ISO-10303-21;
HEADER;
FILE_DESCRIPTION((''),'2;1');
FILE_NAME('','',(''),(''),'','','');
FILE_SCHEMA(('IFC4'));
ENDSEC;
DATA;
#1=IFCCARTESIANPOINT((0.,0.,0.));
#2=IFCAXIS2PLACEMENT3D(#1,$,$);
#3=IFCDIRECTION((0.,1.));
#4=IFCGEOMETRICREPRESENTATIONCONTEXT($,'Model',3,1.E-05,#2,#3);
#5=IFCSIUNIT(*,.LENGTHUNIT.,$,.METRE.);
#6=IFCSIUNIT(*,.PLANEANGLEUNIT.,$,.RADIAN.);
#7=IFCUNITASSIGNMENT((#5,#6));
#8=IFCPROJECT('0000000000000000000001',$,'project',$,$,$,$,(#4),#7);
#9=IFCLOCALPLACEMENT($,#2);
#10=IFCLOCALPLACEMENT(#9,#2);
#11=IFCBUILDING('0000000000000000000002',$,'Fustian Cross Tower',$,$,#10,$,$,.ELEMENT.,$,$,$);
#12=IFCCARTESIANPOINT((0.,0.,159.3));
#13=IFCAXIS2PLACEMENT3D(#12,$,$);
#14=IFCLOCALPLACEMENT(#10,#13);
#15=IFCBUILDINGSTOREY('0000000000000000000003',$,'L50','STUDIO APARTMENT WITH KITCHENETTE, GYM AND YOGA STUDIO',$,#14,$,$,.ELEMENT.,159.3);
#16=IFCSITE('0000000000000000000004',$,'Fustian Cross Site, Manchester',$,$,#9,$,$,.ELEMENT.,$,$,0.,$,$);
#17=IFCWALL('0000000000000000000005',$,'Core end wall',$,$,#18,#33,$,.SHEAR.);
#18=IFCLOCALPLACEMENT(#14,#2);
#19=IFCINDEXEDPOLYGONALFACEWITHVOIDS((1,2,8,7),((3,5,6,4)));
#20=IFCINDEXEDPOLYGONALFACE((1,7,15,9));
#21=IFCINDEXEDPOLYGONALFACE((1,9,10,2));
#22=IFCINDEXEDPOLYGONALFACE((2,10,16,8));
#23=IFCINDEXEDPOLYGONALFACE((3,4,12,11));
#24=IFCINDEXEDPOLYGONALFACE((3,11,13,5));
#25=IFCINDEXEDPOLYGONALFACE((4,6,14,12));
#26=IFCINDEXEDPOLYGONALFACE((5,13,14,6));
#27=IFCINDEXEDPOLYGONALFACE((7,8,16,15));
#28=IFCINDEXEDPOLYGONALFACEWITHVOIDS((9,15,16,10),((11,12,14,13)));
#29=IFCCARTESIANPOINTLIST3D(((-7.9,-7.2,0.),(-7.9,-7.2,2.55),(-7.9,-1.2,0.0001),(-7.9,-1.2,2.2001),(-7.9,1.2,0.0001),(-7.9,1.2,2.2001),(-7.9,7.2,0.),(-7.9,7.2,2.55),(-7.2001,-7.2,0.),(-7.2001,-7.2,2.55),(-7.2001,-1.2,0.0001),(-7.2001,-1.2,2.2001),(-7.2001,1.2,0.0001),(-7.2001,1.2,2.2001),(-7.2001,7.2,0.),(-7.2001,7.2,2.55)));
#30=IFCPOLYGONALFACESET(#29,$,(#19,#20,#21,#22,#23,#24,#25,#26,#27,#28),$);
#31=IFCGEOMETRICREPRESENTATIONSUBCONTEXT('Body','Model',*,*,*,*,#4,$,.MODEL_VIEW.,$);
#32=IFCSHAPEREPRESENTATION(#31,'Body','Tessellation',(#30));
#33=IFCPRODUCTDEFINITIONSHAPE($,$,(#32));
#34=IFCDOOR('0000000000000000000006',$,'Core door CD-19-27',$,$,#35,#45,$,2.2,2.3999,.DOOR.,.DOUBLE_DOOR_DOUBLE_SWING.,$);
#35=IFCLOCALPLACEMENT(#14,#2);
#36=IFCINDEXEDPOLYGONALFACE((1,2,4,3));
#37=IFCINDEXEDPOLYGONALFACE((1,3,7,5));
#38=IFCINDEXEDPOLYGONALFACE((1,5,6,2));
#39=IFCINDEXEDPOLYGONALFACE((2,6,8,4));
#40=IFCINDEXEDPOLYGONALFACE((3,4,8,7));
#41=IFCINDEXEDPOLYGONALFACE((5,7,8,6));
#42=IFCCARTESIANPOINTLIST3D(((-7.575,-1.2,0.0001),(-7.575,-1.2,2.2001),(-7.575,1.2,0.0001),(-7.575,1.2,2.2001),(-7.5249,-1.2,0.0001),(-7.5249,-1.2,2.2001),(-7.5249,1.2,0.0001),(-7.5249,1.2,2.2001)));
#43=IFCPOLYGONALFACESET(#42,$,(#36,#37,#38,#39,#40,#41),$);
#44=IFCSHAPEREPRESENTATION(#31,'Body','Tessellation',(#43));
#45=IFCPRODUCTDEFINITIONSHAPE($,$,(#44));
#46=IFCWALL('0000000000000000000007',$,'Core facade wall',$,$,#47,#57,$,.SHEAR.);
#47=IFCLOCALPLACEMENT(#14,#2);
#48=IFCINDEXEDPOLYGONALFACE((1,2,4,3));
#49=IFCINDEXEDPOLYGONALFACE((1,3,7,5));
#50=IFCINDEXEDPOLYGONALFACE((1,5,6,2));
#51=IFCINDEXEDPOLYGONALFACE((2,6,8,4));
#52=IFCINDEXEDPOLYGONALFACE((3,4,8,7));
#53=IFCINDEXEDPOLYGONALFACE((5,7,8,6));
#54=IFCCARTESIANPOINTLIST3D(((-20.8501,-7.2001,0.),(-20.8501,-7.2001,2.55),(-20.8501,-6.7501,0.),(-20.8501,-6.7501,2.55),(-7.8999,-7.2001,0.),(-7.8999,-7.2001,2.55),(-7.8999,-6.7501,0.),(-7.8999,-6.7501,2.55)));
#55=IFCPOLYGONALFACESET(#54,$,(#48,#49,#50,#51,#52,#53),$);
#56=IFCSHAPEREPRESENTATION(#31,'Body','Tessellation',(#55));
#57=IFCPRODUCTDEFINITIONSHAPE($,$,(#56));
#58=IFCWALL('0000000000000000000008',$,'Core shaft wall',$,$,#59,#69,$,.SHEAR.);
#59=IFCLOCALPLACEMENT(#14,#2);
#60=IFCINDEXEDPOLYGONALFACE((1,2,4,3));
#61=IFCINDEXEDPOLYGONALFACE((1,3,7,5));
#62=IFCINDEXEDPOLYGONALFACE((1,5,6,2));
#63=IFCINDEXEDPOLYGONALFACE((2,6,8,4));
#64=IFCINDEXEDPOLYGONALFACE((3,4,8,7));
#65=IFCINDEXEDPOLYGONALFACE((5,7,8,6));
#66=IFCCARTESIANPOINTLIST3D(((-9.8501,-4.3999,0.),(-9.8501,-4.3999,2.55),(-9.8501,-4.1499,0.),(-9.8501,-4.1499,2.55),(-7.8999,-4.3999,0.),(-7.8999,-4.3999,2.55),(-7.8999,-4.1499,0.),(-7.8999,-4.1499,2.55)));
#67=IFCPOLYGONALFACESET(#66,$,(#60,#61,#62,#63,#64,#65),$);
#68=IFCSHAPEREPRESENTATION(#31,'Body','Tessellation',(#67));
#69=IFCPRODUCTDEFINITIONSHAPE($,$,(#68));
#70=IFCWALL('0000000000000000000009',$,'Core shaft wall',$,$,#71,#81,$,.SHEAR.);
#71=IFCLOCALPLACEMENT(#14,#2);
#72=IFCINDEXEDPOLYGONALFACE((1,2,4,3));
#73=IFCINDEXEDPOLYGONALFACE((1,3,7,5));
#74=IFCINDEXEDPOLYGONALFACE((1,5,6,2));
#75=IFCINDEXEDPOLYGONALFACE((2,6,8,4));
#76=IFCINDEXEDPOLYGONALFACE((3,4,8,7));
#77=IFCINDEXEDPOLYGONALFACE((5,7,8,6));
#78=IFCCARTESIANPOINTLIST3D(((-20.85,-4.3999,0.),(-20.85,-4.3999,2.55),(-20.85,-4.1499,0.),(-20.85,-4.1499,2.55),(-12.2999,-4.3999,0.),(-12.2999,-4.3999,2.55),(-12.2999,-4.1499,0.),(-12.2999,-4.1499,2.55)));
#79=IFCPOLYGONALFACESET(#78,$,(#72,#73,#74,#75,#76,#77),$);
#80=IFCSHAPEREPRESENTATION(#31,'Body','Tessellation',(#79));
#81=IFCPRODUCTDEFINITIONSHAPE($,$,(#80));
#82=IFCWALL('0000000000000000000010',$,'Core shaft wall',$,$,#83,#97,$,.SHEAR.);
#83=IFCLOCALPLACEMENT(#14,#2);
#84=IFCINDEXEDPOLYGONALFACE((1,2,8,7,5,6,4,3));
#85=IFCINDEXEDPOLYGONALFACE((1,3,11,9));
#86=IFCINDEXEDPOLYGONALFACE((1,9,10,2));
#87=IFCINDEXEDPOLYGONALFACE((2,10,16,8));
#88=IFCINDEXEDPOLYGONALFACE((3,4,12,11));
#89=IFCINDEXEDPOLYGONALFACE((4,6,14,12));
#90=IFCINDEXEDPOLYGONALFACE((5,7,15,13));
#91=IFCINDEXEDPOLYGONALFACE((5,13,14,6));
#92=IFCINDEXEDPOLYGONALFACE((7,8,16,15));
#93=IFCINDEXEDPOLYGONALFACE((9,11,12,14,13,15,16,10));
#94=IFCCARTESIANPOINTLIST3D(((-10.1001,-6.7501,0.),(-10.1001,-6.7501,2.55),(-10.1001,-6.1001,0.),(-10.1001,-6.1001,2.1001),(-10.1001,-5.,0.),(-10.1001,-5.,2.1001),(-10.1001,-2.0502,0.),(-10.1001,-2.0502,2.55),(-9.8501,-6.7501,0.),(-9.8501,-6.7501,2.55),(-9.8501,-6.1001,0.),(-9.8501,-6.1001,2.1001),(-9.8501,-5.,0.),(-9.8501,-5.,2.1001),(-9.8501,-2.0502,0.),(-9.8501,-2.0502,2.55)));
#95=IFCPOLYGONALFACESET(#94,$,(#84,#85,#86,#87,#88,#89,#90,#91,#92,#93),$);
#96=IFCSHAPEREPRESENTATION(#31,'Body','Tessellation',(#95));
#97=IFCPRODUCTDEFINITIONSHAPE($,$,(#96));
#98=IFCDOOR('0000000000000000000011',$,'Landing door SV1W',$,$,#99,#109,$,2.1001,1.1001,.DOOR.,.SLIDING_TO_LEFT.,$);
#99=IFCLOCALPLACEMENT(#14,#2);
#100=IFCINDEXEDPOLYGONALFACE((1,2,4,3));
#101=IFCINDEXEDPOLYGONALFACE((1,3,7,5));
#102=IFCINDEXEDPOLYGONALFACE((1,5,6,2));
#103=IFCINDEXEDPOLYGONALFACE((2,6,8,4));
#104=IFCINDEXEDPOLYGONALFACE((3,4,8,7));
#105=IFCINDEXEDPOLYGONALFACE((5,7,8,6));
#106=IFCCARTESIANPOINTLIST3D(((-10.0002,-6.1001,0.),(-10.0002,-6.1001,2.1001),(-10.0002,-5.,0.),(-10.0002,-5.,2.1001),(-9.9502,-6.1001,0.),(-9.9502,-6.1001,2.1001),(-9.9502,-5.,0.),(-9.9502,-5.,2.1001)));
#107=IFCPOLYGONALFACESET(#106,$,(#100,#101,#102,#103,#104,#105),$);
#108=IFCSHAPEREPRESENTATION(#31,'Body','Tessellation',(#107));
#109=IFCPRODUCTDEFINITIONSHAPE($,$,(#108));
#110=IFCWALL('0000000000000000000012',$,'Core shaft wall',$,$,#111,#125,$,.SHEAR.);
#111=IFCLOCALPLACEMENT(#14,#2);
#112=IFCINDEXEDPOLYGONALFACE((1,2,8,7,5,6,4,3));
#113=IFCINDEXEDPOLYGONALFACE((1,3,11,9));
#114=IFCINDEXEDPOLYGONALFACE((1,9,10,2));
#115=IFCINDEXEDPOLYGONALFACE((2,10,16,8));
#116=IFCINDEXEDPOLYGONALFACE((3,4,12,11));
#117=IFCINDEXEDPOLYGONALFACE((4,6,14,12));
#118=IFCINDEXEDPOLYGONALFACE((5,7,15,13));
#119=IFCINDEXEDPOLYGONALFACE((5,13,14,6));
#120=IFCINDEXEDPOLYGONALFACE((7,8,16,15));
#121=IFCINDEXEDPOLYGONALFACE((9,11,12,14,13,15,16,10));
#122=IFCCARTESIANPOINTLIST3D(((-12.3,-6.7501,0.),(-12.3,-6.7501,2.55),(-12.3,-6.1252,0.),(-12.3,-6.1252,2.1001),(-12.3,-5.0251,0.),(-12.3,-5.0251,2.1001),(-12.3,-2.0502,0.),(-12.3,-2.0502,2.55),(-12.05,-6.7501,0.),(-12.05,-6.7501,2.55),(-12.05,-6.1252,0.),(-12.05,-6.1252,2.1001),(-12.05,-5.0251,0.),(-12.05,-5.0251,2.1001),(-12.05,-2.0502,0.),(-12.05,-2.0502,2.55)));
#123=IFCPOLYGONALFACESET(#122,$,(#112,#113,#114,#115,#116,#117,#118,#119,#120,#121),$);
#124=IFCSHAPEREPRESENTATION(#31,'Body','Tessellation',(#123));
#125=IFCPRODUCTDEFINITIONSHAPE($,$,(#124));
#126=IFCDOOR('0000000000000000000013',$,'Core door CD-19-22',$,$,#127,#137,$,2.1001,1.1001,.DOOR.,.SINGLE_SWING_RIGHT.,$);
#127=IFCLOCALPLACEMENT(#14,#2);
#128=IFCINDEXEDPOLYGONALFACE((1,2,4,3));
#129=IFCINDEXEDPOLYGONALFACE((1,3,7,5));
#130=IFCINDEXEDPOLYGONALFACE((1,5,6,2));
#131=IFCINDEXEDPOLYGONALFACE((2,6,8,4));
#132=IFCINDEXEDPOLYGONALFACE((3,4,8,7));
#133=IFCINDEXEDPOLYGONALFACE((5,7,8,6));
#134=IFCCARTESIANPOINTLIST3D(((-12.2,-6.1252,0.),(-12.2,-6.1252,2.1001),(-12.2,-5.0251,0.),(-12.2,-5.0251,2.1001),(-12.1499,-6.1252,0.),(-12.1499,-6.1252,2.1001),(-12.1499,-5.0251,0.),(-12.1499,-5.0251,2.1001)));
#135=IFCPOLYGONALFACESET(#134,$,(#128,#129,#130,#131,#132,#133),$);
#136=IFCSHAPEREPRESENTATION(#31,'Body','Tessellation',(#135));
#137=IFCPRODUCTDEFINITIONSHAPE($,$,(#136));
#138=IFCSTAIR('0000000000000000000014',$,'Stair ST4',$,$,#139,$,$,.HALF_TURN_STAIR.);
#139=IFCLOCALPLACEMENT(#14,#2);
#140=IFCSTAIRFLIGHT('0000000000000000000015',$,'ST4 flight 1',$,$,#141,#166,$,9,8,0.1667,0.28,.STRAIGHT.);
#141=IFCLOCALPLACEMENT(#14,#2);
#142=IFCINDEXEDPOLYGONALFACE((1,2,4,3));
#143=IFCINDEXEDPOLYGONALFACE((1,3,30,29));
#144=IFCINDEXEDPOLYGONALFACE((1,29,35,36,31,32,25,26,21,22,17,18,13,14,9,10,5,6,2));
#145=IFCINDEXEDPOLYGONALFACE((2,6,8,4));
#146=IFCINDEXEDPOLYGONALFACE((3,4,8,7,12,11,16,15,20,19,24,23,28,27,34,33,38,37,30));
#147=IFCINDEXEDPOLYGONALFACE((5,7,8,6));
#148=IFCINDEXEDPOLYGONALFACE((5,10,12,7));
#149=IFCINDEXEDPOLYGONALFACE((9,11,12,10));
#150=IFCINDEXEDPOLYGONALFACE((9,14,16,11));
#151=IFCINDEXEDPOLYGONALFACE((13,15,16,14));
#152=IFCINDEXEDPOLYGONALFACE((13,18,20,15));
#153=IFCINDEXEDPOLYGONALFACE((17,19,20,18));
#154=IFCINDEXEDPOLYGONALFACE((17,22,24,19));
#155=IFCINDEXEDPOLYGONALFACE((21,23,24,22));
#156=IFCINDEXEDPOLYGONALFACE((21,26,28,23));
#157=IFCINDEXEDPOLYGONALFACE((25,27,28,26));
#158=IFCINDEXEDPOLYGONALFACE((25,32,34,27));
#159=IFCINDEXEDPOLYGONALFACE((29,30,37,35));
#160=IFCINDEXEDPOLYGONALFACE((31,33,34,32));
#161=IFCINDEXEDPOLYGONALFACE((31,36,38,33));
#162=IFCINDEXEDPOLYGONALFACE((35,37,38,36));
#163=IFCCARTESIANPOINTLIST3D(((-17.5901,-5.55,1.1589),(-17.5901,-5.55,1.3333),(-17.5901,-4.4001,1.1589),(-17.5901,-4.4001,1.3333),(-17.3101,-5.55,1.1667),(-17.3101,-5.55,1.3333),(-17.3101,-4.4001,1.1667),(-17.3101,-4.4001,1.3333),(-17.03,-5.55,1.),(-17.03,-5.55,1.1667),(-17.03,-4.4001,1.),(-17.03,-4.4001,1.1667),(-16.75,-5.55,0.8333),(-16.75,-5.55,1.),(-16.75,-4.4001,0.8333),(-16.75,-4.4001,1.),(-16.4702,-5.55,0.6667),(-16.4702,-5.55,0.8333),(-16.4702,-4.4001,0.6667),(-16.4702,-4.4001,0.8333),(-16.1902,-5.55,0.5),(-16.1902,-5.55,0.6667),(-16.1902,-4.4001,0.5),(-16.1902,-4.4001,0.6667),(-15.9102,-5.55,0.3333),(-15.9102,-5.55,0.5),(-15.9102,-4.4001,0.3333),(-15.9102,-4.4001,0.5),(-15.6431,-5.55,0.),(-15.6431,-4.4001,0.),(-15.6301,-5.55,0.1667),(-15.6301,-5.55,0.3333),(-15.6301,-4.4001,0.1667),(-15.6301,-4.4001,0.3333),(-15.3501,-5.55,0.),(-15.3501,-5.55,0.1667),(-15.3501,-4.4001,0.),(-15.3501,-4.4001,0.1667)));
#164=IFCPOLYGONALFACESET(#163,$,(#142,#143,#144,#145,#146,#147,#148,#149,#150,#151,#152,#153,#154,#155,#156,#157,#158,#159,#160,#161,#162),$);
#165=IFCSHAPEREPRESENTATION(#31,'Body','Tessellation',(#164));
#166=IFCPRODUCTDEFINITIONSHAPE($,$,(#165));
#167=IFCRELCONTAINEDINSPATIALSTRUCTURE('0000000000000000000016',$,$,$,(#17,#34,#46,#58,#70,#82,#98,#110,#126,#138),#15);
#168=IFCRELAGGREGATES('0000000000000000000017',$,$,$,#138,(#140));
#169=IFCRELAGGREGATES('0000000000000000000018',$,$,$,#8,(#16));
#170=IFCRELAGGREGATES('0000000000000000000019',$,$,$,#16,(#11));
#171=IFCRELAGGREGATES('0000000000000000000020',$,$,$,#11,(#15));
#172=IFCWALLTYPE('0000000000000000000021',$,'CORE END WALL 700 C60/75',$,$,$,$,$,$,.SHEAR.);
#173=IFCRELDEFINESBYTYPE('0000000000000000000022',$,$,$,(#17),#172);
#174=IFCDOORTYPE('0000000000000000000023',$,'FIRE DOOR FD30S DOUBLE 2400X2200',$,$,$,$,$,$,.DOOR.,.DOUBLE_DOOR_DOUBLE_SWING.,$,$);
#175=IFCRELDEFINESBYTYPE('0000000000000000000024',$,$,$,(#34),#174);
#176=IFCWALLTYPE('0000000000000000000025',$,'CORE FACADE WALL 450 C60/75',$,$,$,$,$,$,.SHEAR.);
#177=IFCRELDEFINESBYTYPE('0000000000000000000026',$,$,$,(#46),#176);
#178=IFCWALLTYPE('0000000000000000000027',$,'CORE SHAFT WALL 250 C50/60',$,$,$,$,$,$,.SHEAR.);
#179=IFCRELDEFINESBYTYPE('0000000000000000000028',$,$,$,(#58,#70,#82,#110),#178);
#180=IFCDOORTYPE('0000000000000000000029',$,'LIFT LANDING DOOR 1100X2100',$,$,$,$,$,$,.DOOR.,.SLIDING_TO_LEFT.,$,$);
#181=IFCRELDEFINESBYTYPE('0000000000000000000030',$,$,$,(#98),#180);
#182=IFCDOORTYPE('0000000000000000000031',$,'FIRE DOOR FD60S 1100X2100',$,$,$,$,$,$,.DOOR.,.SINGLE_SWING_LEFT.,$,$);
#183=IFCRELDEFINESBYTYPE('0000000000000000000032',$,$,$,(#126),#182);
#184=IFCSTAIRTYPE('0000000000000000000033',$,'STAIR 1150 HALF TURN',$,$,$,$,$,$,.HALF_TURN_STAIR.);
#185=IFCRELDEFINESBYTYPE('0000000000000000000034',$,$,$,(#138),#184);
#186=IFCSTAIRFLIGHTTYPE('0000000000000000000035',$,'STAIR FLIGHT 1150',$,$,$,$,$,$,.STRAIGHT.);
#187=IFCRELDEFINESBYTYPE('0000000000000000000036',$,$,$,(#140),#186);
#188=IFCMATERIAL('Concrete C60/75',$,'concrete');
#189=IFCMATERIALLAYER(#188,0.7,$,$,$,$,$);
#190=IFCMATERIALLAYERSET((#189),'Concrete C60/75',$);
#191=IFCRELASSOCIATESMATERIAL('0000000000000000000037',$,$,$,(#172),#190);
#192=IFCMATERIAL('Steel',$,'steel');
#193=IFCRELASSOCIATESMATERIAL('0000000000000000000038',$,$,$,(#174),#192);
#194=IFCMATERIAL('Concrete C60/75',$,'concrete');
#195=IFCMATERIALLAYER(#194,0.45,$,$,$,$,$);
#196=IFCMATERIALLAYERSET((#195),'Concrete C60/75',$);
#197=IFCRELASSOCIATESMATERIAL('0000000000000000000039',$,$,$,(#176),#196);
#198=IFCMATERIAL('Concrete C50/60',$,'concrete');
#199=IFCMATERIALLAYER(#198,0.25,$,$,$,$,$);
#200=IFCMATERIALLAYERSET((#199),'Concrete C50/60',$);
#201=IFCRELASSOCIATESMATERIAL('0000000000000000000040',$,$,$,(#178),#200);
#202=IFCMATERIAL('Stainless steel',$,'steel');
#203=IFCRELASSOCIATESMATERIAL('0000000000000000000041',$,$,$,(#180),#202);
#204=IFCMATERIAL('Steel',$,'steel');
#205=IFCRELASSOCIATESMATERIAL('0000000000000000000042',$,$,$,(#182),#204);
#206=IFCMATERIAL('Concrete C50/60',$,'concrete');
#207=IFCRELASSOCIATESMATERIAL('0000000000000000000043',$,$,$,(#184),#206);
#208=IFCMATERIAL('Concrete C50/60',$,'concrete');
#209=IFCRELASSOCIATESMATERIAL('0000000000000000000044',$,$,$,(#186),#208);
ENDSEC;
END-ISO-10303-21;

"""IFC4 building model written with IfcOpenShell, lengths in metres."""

from ifc_helpers import new_model, si_unit, direction, frame, frame_2d, origin, place, context, subcontext, project, spatial, polyline, rectangle, outline, extrude, material, layer, layer_set, type_object, element, fill, aggregate, save


model = new_model("IFC4")

# Units and contexts
model_context = context("Model", 3, precision=1e-05, world=origin(), true_north=direction((0.0, 1.0)))
body_context = subcontext(model_context, "Body", "Model", "MODEL_VIEW")
ifc_project = project(units=[si_unit("LENGTHUNIT", "METRE"), si_unit("PLANEANGLEUNIT", "RADIAN")], contexts=[model_context])

# Site, building, storey
site_placement = place(None, origin())
site = spatial("IfcSite", under=ifc_project, at=site_placement, Name="Fustian Cross Site, Manchester", CompositionType="ELEMENT", RefElevation=0.0)
building_placement = place(site_placement, origin())
building = spatial("IfcBuilding", under=site, at=building_placement, Name="Fustian Cross Tower", CompositionType="ELEMENT")
storey_placement = place(building_placement, frame((0.0, 0.0, 159.3)))
storey = spatial("IfcBuildingStorey", under=building, at=storey_placement, Name="L50", Description="STUDIO APARTMENT WITH KITCHENETTE, GYM AND YOGA STUDIO", CompositionType="ELEMENT", Elevation=159.3)

# Wall, opening, door
ifc_material_1 = material(Name="Concrete C60/75", Category="concrete")
ifc_layer_1 = layer(ifc_material_1, 0.7)
ifc_layer_set_1 = layer_set([ifc_layer_1], Name="Concrete C60/75")
wall_type_1 = type_object("IfcWallType", Name="CORE END WALL 700 C60/75", PredefinedType="SHEAR", material=ifc_layer_set_1)
wall_1_placement = place(storey_placement, frame((-7.55, -7.2, 0.0), z_axis=(0.0, 0.0, 1.0), x_axis=(0.0, 1.0, 0.0)))
wall_1 = element("IfcWall", 1, at=wall_1_placement, inside=storey, type_object=wall_type_1, Name="Core end wall", PredefinedType="SHEAR", context=body_context, shape_type="SweptSolid", body=[
    extrude(rectangle(XDim=14.3999, YDim=0.7, at=frame_2d((7.2, 0.0))), origin(), (0.0, 0.0, 1.0), 2.55),
])
opening_1_placement = place(wall_1_placement, frame((6.0, 0.0, 0.0)))
opening_1 = element("IfcOpeningElement", 2, at=opening_1_placement, cuts=wall_1, PredefinedType="OPENING", context=body_context, shape_type="SweptSolid", body=[
    extrude(rectangle(XDim=2.3999, YDim=2.2, at=frame_2d((1.2, 1.1001))), frame((0.0, 0.3599, 0.0), z_axis=(0.0, -1.0, 0.0), x_axis=(1.0, 0.0, 0.0)), (0.0, 0.0, 1.0), 0.72),
])
ifc_material_2 = material(Name="Steel", Category="steel")
door_type_1 = type_object("IfcDoorType", Name="FIRE DOOR FD30S DOUBLE 2400X2200", OperationType="DOUBLE_DOOR_DOUBLE_SWING", PredefinedType="DOOR", material=ifc_material_2)
door_1_placement = place(opening_1_placement, origin())
door_1 = element("IfcDoor", 3, at=door_1_placement, inside=storey, type_object=door_type_1, Name="Core door CD-19-27", OperationType="DOUBLE_DOOR_DOUBLE_SWING", OverallHeight=2.2, OverallWidth=2.3999, PredefinedType="DOOR", context=body_context, shape_type="SweptSolid", body=[
    extrude(rectangle(XDim=2.3999, YDim=2.2, at=frame_2d((1.2, 1.1001))), frame((0.0, 0.0249, 0.0), z_axis=(0.0, -1.0, 0.0), x_axis=(1.0, 0.0, 0.0)), (0.0, 0.0, 1.0), 0.05),
])
fill(opening_1, door_1)

# Walls
ifc_material_3 = material(Name="Concrete C60/75", Category="concrete")
ifc_layer_2 = layer(ifc_material_3, 0.45)
ifc_layer_set_2 = layer_set([ifc_layer_2], Name="Concrete C60/75")
wall_type_2 = type_object("IfcWallType", Name="CORE FACADE WALL 450 C60/75", PredefinedType="SHEAR", material=ifc_layer_set_2)
wall_2_placement = place(storey_placement, frame((-7.8999, -6.9751, 0.0), z_axis=(0.0, 0.0, 1.0), x_axis=(-1.0, 0.0, 0.0)))
element("IfcWall", 4, at=wall_2_placement, inside=storey, type_object=wall_type_2, Name="Core facade wall", PredefinedType="SHEAR", context=body_context, shape_type="SweptSolid", body=[
    extrude(rectangle(XDim=12.9502, YDim=0.45, at=frame_2d((6.4751, 0.0))), origin(), (0.0, 0.0, 1.0), 2.55),
])
ifc_material_4 = material(Name="Concrete C50/60", Category="concrete")
ifc_layer_3 = layer(ifc_material_4, 0.25)
ifc_layer_set_3 = layer_set([ifc_layer_3], Name="Concrete C50/60")
wall_type_3 = type_object("IfcWallType", Name="CORE SHAFT WALL 250 C50/60", PredefinedType="SHEAR", material=ifc_layer_set_3)
wall_3_placement = place(storey_placement, frame((-7.8999, -4.2749, 0.0), z_axis=(0.0, 0.0, 1.0), x_axis=(-1.0, 0.0, 0.0)))
element("IfcWall", 5, at=wall_3_placement, inside=storey, type_object=wall_type_3, Name="Core shaft wall", PredefinedType="SHEAR", context=body_context, shape_type="SweptSolid", body=[
    extrude(rectangle(XDim=1.9502, YDim=0.25, at=frame_2d((0.9751, 0.0))), origin(), (0.0, 0.0, 1.0), 2.55),
])
wall_4_placement = place(storey_placement, frame((-12.3, -4.2749, 0.0), z_axis=(0.0, 0.0, 1.0), x_axis=(-1.0, 0.0, 0.0)))
element("IfcWall", 6, at=wall_4_placement, inside=storey, type_object=wall_type_3, Name="Core shaft wall", PredefinedType="SHEAR", context=body_context, shape_type="SweptSolid", body=[
    extrude(rectangle(XDim=8.55, YDim=0.25, at=frame_2d((4.2749, 0.0))), origin(), (0.0, 0.0, 1.0), 2.55),
])

# Walls, openings, doors
wall_5_placement = place(storey_placement, frame((-9.9751, -2.05, 0.0), z_axis=(0.0, 0.0, 1.0), x_axis=(0.0, -1.0, 0.0)))
wall_5 = element("IfcWall", 7, at=wall_5_placement, inside=storey, type_object=wall_type_3, Name="Core shaft wall", PredefinedType="SHEAR", context=body_context, shape_type="SweptSolid", body=[
    extrude(rectangle(XDim=4.7, YDim=0.25, at=frame_2d((2.3501, 0.0))), origin(), (0.0, 0.0, 1.0), 2.55),
])
opening_2_placement = place(wall_5_placement, frame((2.95, 0.0, 0.0)))
opening_2 = element("IfcOpeningElement", 8, at=opening_2_placement, cuts=wall_5, PredefinedType="OPENING", context=body_context, shape_type="SweptSolid", body=[
    extrude(rectangle(XDim=1.1001, YDim=2.1001, at=frame_2d((0.55, 1.05))), frame((0.0, 0.135, 0.0), z_axis=(0.0, -1.0, 0.0), x_axis=(1.0, 0.0, 0.0)), (0.0, 0.0, 1.0), 0.27),
])
ifc_material_5 = material(Name="Stainless steel", Category="steel")
door_type_2 = type_object("IfcDoorType", Name="LIFT LANDING DOOR 1100X2100", OperationType="SLIDING_TO_LEFT", PredefinedType="DOOR", material=ifc_material_5)
door_2_placement = place(opening_2_placement, origin())
door_2 = element("IfcDoor", 9, at=door_2_placement, inside=storey, type_object=door_type_2, Name="Landing door SV1W", OperationType="SLIDING_TO_LEFT", OverallHeight=2.1001, OverallWidth=1.1001, PredefinedType="DOOR", context=body_context, shape_type="SweptSolid", body=[
    extrude(rectangle(XDim=1.1001, YDim=2.1001, at=frame_2d((0.55, 1.05))), frame((0.0, 0.0249, 0.0), z_axis=(0.0, -1.0, 0.0), x_axis=(1.0, 0.0, 0.0)), (0.0, 0.0, 1.0), 0.05),
])
fill(opening_2, door_2)
wall_6_placement = place(storey_placement, frame((-12.175, -2.05, 0.0), z_axis=(0.0, 0.0, 1.0), x_axis=(0.0, -1.0, 0.0)))
wall_6 = element("IfcWall", 10, at=wall_6_placement, inside=storey, type_object=wall_type_3, Name="Core shaft wall", PredefinedType="SHEAR", context=body_context, shape_type="SweptSolid", body=[
    extrude(rectangle(XDim=4.7, YDim=0.25, at=frame_2d((2.3501, 0.0))), origin(), (0.0, 0.0, 1.0), 2.55),
])
opening_3_placement = place(wall_6_placement, frame((2.9751, 0.0, 0.0)))
opening_3 = element("IfcOpeningElement", 11, at=opening_3_placement, cuts=wall_6, PredefinedType="OPENING", context=body_context, shape_type="SweptSolid", body=[
    extrude(rectangle(XDim=1.1001, YDim=2.1001, at=frame_2d((0.55, 1.05))), frame((0.0, 0.135, 0.0), z_axis=(0.0, -1.0, 0.0), x_axis=(1.0, 0.0, 0.0)), (0.0, 0.0, 1.0), 0.27),
])
ifc_material_6 = material(Name="Steel", Category="steel")
door_type_3 = type_object("IfcDoorType", Name="FIRE DOOR FD60S 1100X2100", OperationType="SINGLE_SWING_LEFT", PredefinedType="DOOR", material=ifc_material_6)
door_3_placement = place(opening_3_placement, frame((1.1001, 0.0, 0.0), z_axis=(0.0, 0.0, 1.0), x_axis=(-1.0, 0.0, 0.0)))
door_3 = element("IfcDoor", 12, at=door_3_placement, inside=storey, type_object=door_type_3, Name="Core door CD-19-22", OperationType="SINGLE_SWING_RIGHT", OverallHeight=2.1001, OverallWidth=1.1001, PredefinedType="DOOR", context=body_context, shape_type="SweptSolid", body=[
    extrude(rectangle(XDim=1.1001, YDim=2.1001, at=frame_2d((0.55, 1.05))), frame((0.0, 0.0249, 0.0), z_axis=(0.0, -1.0, 0.0), x_axis=(1.0, 0.0, 0.0)), (0.0, 0.0, 1.0), 0.05),
])
fill(opening_3, door_3)

# Stair, stair flight
ifc_material_7 = material(Name="Concrete C50/60", Category="concrete")
stair_type = type_object("IfcStairType", Name="STAIR 1150 HALF TURN", PredefinedType="HALF_TURN_STAIR", material=ifc_material_7)
stair_placement = place(storey_placement, origin())
stair = element("IfcStair", 13, at=stair_placement, inside=storey, type_object=stair_type, Name="Stair ST4", PredefinedType="HALF_TURN_STAIR")
ifc_material_8 = material(Name="Concrete C50/60", Category="concrete")
stair_flight_type = type_object("IfcStairFlightType", Name="STAIR FLIGHT 1150", PredefinedType="STRAIGHT", material=ifc_material_8)
stair_flight_1_placement = place(storey_placement, frame((-15.3501, -4.9751, 0.0), z_axis=(0.0, 0.0, 1.0), x_axis=(-1.0, 0.0, 0.0)))
stair_flight_1 = element("IfcStairFlight", 14, at=stair_flight_1_placement, type_object=stair_flight_type, Name="ST4 flight 1", NumberOfRisers=9, NumberOfTreads=8, PredefinedType="STRAIGHT", RiserHeight=0.1667, TreadLength=0.28, context=body_context, shape_type="SweptSolid", body=[
    extrude(outline(polyline([(0.0, 0.0), (0.0, 0.1667), (0.28, 0.1667), (0.28, 0.3333), (0.5601, 0.3333), (0.5601, 0.5), (0.8401, 0.5), (0.8401, 0.6667), (1.1201, 0.6667), (1.1201, 0.8333), (1.3999, 0.8333), (1.3999, 1.0), (1.6799, 1.0), (1.6799, 1.1667), (1.96, 1.1667), (1.96, 1.3333), (2.24, 1.3333), (2.24, 1.5), (2.24, 1.1589), (0.293, 0.0), (0.0, 0.0)])), frame((0.0, 0.575, 0.0), z_axis=(0.0, -1.0, 0.0), x_axis=(1.0, 0.0, 0.0)), (0.0, 0.0, 1.0), 1.1499),
])
aggregate(stair, [stair_flight_1])

save(model, "model.ifc")
